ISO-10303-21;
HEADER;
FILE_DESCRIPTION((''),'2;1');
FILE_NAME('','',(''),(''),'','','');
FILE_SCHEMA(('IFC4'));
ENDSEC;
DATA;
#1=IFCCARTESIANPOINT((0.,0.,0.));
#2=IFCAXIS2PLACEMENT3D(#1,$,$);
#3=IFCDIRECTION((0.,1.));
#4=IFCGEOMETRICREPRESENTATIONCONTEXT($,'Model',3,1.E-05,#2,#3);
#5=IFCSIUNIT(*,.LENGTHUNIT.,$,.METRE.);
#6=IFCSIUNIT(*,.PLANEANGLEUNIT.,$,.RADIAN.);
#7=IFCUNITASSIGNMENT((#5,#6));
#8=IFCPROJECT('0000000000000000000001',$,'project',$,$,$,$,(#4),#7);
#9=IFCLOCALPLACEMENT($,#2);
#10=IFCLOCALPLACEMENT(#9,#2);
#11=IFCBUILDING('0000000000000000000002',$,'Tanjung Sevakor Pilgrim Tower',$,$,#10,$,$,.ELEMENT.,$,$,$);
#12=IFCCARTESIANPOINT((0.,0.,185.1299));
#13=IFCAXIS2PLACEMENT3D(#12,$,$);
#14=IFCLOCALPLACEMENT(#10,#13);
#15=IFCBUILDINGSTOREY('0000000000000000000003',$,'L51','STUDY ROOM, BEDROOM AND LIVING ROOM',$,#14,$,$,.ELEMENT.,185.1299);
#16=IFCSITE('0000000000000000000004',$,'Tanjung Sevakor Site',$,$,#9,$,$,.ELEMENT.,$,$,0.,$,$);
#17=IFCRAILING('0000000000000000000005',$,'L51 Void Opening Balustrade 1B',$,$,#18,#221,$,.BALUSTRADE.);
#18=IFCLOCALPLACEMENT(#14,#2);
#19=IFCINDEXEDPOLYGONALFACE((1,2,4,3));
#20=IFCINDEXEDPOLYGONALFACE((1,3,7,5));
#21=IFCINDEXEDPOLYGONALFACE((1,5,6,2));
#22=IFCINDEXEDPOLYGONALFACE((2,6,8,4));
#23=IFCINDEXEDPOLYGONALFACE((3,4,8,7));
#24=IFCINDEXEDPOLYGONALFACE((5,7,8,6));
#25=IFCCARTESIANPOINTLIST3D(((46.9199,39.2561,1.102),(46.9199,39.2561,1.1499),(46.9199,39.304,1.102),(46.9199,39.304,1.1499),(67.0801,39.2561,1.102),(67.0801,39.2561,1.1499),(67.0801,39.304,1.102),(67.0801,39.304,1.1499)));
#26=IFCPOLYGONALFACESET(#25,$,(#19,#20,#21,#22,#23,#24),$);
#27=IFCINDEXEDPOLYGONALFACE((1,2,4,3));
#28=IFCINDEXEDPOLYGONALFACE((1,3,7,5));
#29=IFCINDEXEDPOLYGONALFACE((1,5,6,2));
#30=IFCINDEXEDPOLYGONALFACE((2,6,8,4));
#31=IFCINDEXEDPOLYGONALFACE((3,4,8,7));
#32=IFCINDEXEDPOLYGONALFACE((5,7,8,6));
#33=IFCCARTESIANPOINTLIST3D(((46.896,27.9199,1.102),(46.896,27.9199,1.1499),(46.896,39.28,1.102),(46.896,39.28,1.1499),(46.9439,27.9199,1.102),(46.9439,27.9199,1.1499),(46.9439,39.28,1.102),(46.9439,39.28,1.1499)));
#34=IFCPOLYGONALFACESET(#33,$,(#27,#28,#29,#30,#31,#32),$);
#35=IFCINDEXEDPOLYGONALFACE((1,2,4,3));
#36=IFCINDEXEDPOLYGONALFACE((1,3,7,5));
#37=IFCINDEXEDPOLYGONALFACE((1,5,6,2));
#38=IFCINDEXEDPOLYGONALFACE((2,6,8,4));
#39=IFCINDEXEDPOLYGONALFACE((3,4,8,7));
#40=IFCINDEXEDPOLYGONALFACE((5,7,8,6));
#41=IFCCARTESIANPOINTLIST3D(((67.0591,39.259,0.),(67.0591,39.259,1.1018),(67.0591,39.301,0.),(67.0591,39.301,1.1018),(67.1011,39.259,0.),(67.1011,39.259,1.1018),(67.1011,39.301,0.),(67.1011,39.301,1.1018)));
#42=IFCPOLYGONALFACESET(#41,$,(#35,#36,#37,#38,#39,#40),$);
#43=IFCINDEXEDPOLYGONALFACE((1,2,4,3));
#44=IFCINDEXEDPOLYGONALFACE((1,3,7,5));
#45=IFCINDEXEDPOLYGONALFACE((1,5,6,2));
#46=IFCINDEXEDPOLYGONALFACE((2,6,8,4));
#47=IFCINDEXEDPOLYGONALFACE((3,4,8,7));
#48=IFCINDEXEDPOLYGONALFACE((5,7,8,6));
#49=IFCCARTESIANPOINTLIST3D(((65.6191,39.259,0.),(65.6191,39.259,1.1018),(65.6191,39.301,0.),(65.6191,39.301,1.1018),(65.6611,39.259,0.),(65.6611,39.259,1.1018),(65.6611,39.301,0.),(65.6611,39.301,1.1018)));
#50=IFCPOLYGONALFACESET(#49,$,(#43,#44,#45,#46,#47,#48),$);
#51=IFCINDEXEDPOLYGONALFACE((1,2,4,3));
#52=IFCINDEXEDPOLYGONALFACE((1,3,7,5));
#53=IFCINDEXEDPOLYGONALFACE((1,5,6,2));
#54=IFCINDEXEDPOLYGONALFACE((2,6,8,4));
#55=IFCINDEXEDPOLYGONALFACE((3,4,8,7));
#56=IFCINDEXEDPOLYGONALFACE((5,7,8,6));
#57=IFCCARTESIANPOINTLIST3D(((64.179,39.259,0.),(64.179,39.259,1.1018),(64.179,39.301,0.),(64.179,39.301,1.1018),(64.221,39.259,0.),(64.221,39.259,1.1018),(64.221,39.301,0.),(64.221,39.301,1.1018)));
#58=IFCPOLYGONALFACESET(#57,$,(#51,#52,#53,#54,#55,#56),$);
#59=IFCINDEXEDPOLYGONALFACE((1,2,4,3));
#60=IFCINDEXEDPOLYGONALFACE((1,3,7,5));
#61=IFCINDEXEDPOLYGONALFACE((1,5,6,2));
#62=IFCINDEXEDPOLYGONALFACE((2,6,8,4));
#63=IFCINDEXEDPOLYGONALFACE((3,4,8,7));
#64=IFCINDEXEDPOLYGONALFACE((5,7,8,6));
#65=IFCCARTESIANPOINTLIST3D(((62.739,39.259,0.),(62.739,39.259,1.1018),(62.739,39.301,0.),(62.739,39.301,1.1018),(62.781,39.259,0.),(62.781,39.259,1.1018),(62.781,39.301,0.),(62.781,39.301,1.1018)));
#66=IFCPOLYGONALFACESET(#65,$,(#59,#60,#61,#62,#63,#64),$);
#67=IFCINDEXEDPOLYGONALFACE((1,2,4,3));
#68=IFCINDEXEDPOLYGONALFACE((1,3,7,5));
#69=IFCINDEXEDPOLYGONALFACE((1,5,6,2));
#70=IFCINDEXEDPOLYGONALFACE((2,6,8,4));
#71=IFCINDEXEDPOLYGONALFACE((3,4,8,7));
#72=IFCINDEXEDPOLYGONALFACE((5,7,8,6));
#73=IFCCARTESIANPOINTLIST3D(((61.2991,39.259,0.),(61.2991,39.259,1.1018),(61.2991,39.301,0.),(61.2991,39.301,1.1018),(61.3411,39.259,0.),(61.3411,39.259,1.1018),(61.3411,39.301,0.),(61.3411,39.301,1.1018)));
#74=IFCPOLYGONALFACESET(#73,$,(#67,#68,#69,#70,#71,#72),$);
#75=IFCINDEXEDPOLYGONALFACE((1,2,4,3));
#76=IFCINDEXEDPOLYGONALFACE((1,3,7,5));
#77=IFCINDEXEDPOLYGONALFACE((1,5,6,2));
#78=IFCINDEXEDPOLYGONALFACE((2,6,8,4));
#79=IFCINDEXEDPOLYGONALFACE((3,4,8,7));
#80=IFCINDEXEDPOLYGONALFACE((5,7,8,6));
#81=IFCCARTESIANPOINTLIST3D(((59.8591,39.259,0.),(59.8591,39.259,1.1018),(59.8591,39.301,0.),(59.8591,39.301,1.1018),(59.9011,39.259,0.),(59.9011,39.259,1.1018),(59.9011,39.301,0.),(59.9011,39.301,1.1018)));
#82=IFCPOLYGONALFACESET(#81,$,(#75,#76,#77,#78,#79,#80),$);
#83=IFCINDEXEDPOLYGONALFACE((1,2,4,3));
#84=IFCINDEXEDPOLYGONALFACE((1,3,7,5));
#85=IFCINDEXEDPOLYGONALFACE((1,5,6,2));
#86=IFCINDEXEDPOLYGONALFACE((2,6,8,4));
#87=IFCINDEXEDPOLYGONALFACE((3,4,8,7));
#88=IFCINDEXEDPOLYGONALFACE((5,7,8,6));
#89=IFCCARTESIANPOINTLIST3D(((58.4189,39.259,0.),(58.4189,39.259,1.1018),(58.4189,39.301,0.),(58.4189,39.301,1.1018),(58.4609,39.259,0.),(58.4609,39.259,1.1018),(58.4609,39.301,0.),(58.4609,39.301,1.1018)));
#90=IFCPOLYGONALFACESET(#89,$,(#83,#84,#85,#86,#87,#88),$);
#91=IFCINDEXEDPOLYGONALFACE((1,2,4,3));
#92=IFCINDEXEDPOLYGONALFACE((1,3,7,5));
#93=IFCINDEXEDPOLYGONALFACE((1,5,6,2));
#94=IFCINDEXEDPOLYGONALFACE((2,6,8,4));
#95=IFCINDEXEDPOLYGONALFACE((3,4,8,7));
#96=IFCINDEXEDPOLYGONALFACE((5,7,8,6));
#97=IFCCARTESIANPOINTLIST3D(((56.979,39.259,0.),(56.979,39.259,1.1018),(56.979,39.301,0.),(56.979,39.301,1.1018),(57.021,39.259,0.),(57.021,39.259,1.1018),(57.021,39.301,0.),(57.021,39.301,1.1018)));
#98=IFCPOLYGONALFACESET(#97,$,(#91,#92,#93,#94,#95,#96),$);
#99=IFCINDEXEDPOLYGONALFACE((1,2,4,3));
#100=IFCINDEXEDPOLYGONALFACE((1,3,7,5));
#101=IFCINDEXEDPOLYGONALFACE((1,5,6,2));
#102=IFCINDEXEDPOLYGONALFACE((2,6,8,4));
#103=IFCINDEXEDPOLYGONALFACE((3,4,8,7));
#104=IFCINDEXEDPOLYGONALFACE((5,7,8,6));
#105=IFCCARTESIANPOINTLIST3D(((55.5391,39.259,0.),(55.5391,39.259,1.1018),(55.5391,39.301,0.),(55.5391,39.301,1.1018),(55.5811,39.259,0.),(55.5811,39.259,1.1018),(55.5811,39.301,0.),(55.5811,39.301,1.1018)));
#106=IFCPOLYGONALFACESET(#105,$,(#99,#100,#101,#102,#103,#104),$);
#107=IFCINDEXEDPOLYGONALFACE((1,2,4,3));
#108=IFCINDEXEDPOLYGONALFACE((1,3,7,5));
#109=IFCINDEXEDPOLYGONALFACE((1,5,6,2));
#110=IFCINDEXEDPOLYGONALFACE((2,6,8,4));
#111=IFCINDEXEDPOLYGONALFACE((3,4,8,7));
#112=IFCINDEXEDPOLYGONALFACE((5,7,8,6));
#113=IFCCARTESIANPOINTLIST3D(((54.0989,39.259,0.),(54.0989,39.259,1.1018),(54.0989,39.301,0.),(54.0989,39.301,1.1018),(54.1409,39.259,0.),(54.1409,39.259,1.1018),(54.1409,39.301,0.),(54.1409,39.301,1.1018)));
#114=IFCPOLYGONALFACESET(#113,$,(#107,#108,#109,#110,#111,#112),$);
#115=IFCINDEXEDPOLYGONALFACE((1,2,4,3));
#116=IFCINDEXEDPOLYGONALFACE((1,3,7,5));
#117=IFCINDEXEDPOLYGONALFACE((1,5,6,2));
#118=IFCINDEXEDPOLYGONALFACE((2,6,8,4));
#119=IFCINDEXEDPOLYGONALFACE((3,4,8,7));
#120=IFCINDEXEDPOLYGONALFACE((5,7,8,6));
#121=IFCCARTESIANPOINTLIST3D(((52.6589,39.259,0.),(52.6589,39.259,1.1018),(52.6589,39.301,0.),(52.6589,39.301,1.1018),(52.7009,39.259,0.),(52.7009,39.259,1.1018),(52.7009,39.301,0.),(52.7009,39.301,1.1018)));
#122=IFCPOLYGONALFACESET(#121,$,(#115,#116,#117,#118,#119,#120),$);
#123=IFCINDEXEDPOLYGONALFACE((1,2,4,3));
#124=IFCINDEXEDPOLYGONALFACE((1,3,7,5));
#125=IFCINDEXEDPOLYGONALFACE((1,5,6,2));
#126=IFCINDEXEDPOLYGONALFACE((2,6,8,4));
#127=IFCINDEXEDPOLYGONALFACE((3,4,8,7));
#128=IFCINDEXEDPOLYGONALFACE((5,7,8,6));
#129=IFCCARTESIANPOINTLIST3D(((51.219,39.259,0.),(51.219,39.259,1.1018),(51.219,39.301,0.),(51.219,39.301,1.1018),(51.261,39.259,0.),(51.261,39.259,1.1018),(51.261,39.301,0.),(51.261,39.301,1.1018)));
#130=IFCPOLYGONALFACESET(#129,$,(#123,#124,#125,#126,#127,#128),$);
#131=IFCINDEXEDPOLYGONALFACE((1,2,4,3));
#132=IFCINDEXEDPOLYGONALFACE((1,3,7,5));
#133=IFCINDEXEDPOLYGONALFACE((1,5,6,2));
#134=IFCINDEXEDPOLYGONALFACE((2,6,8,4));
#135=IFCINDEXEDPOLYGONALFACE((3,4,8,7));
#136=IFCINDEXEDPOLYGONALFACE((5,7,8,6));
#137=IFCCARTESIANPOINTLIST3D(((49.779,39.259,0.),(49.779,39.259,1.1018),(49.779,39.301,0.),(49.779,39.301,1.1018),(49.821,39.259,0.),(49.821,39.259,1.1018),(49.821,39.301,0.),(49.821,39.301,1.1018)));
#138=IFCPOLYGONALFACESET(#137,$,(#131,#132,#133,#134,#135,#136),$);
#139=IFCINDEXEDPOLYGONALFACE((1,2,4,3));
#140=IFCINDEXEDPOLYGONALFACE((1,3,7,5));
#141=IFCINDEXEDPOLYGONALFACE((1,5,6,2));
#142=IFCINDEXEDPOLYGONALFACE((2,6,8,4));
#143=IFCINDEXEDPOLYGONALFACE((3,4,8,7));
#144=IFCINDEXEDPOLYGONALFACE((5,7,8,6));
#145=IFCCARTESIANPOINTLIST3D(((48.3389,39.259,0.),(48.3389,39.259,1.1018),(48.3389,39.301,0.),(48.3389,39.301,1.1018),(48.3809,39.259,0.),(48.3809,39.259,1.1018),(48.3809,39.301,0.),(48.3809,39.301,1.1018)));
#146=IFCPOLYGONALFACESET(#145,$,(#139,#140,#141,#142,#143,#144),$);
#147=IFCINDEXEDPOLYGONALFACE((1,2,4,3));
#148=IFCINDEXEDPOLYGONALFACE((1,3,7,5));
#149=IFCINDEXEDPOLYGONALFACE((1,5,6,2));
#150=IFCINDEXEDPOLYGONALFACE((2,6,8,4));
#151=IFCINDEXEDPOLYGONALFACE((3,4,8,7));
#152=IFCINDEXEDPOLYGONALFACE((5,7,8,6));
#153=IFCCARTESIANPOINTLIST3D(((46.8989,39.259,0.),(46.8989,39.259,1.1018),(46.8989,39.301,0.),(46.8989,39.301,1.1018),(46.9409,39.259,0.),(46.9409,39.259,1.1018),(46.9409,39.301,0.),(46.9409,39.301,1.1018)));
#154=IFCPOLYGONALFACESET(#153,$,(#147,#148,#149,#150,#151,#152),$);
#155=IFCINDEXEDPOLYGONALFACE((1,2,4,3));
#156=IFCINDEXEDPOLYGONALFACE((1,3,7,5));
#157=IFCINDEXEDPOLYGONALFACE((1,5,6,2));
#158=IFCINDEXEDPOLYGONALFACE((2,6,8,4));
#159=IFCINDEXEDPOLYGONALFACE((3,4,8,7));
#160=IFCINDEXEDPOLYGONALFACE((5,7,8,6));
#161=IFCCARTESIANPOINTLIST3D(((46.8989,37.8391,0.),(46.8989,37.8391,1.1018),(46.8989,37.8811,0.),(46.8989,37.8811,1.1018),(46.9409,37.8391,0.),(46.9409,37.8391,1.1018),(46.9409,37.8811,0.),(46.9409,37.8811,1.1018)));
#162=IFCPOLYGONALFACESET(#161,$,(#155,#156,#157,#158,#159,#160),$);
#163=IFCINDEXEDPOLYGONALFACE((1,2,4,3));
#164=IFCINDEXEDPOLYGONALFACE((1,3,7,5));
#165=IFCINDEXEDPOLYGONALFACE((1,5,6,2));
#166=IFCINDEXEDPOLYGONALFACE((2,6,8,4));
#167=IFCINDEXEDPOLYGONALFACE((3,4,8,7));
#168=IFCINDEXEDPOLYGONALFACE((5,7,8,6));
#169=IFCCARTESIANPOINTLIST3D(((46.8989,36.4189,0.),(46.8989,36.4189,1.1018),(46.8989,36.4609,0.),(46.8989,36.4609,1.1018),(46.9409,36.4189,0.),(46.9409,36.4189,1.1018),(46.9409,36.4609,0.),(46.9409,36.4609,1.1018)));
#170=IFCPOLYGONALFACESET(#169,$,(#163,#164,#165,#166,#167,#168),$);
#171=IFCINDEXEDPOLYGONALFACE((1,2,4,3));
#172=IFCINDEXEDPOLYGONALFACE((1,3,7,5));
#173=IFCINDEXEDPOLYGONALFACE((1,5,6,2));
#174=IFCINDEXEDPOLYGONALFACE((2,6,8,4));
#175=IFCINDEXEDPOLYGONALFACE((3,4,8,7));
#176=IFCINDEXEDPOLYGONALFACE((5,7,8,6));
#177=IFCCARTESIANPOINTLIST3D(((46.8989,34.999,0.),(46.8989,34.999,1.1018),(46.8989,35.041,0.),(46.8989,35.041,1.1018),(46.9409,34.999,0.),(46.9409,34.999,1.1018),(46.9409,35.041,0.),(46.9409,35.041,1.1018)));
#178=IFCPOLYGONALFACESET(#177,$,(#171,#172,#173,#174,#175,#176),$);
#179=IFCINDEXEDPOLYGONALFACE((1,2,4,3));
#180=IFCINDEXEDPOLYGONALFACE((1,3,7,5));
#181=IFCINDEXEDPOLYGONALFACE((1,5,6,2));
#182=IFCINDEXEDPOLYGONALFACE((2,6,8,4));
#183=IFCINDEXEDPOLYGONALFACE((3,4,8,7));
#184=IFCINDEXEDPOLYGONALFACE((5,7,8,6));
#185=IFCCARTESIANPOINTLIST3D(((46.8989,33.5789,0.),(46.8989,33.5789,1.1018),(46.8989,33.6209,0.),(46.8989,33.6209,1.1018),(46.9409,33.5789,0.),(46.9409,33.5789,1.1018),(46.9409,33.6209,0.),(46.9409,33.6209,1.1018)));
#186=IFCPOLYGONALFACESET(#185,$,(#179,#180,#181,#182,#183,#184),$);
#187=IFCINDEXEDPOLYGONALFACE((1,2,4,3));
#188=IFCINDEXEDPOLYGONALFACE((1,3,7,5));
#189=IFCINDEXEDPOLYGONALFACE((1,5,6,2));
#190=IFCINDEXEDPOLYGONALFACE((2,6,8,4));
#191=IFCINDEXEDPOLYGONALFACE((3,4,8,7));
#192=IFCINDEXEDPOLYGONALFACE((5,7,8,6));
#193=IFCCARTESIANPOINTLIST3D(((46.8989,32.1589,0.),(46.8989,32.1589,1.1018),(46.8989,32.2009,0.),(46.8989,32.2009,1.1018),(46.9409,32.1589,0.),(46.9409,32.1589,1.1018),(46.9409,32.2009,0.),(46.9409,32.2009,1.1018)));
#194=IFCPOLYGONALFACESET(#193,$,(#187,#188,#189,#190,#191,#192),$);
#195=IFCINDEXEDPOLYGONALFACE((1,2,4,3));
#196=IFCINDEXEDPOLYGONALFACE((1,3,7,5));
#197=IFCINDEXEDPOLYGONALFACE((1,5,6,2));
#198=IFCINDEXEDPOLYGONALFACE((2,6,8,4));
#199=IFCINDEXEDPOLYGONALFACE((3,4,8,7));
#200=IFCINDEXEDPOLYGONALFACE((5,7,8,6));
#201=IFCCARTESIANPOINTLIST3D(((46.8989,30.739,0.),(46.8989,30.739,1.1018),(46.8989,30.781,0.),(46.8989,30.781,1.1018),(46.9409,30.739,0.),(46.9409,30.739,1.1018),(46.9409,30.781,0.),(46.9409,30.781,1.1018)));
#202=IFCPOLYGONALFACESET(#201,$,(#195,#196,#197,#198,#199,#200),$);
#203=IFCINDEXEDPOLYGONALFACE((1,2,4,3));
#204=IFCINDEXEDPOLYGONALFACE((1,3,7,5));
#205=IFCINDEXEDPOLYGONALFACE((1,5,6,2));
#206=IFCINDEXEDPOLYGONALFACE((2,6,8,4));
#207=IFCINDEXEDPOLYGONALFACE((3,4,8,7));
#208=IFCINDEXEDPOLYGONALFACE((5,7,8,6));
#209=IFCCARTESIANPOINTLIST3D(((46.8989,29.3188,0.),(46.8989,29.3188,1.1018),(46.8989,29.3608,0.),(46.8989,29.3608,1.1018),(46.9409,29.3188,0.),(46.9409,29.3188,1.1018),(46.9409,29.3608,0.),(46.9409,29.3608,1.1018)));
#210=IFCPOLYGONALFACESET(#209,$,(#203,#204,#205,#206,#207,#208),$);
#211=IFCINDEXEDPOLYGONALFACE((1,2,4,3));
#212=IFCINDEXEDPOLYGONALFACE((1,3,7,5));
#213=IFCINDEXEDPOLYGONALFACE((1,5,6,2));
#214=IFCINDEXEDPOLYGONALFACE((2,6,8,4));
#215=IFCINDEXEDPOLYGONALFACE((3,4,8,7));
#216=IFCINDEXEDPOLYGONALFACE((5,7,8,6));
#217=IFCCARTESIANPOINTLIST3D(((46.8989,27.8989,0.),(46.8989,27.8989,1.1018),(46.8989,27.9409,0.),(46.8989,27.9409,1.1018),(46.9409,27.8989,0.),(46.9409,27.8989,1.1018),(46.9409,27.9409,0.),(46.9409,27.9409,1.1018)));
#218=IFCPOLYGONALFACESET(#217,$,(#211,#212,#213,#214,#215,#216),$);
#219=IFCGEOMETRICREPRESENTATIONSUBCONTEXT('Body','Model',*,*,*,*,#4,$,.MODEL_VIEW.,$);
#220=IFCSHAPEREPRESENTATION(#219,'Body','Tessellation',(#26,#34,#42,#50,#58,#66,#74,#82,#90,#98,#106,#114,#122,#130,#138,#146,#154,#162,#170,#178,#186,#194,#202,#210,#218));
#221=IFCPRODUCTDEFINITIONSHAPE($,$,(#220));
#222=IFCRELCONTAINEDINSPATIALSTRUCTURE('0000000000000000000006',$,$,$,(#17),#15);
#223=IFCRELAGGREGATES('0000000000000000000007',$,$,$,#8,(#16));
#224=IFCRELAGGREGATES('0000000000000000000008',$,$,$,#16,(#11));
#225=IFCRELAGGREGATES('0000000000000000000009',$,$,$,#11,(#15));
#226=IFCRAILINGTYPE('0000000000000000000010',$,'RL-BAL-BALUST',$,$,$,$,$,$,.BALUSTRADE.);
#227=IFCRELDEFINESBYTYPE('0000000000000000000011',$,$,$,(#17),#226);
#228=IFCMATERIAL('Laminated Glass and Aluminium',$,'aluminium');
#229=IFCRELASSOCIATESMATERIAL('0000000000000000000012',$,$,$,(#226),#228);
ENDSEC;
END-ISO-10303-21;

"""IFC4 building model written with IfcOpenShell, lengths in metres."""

from ifc_helpers import new_model, si_unit, direction, frame, origin, place, context, subcontext, project, spatial, rectangle, extrude, material, type_object, element, save


model = new_model("IFC4")

# Units and contexts
model_context = context("Model", 3, precision=1e-05, world=origin(), true_north=direction((0.0, 1.0)))
body_context = subcontext(model_context, "Body", "Model", "MODEL_VIEW")
ifc_project = project(units=[si_unit("LENGTHUNIT", "METRE"), si_unit("PLANEANGLEUNIT", "RADIAN")], contexts=[model_context])

# Site, building, storey
site_placement = place(None, origin())
site = spatial("IfcSite", under=ifc_project, at=site_placement, Name="Tanjung Sevakor Site", CompositionType="ELEMENT", RefElevation=0.0)
building_placement = place(site_placement, origin())
building = spatial("IfcBuilding", under=site, at=building_placement, Name="Tanjung Sevakor Pilgrim Tower", CompositionType="ELEMENT")
storey_placement = place(building_placement, frame((0.0, 0.0, 185.1299)))
storey = spatial("IfcBuildingStorey", under=building, at=storey_placement, Name="L51", Description="STUDY ROOM, BEDROOM AND LIVING ROOM", CompositionType="ELEMENT", Elevation=185.1299)

# Railing
ifc_material_1 = material(Name="Laminated Glass and Aluminium", Category="aluminium")
railing_type = type_object("IfcRailingType", Name="RL-BAL-BALUST", PredefinedType="BALUSTRADE", material=ifc_material_1)
railing_placement = place(storey_placement, frame((67.0801, 39.28, 0.0)))
element("IfcRailing", 1, at=railing_placement, inside=storey, type_object=railing_type, Name="L51 Void Opening Balustrade 1B", PredefinedType="BALUSTRADE", context=body_context, shape_type="SweptSolid", body=[
    extrude(rectangle(XDim=0.0479, YDim=0.0479), frame((0.0, 0.0, 1.126), z_axis=(-1.0, 0.0, 0.0), x_axis=(0.0, -1.0, 0.0)), (0.0, 0.0, 1.0), 20.1602),
    extrude(rectangle(XDim=0.0479, YDim=0.0479), frame((-20.1602, 0.0, 1.126), z_axis=(0.0, -1.0, 0.0), x_axis=(1.0, 0.0, 0.0)), (0.0, 0.0, 1.0), 11.3601),
    extrude(rectangle(XDim=0.042, YDim=0.042), origin(), (0.0, 0.0, 1.0), 1.1018),
    extrude(rectangle(XDim=0.042, YDim=0.042), frame((-1.4399, 0.0, 0.0)), (0.0, 0.0, 1.0), 1.1018),
    extrude(rectangle(XDim=0.042, YDim=0.042), frame((-2.8801, 0.0, 0.0)), (0.0, 0.0, 1.0), 1.1018),
    extrude(rectangle(XDim=0.042, YDim=0.042), frame((-4.3201, 0.0, 0.0)), (0.0, 0.0, 1.0), 1.1018),
    extrude(rectangle(XDim=0.042, YDim=0.042), frame((-5.76, 0.0, 0.0)), (0.0, 0.0, 1.0), 1.1018),
    extrude(rectangle(XDim=0.042, YDim=0.042), frame((-7.2, 0.0, 0.0)), (0.0, 0.0, 1.0), 1.1018),
    extrude(rectangle(XDim=0.042, YDim=0.042), frame((-8.6401, 0.0, 0.0)), (0.0, 0.0, 1.0), 1.1018),
    extrude(rectangle(XDim=0.042, YDim=0.042), frame((-10.0801, 0.0, 0.0)), (0.0, 0.0, 1.0), 1.1018),
    extrude(rectangle(XDim=0.042, YDim=0.042), frame((-11.52, 0.0, 0.0)), (0.0, 0.0, 1.0), 1.1018),
    extrude(rectangle(XDim=0.042, YDim=0.042), frame((-12.9602, 0.0, 0.0)), (0.0, 0.0, 1.0), 1.1018),
    extrude(rectangle(XDim=0.042, YDim=0.042), frame((-14.4001, 0.0, 0.0)), (0.0, 0.0, 1.0), 1.1018),
    extrude(rectangle(XDim=0.042, YDim=0.042), frame((-15.8401, 0.0, 0.0)), (0.0, 0.0, 1.0), 1.1018),
    extrude(rectangle(XDim=0.042, YDim=0.042), frame((-17.28, 0.0, 0.0)), (0.0, 0.0, 1.0), 1.1018),
    extrude(rectangle(XDim=0.042, YDim=0.042), frame((-18.7202, 0.0, 0.0)), (0.0, 0.0, 1.0), 1.1018),
    extrude(rectangle(XDim=0.042, YDim=0.042), frame((-20.1602, 0.0, 0.0)), (0.0, 0.0, 1.0), 1.1018),
    extrude(rectangle(XDim=0.042, YDim=0.042), frame((-20.1602, -1.4199, 0.0)), (0.0, 0.0, 1.0), 1.1018),
    extrude(rectangle(XDim=0.042, YDim=0.042), frame((-20.1602, -2.8401, 0.0)), (0.0, 0.0, 1.0), 1.1018),
    extrude(rectangle(XDim=0.042, YDim=0.042), frame((-20.1602, -4.26, 0.0)), (0.0, 0.0, 1.0), 1.1018),
    extrude(rectangle(XDim=0.042, YDim=0.042), frame((-20.1602, -5.6802, 0.0)), (0.0, 0.0, 1.0), 1.1018),
    extrude(rectangle(XDim=0.042, YDim=0.042), frame((-20.1602, -7.1001, 0.0)), (0.0, 0.0, 1.0), 1.1018),
    extrude(rectangle(XDim=0.042, YDim=0.042), frame((-20.1602, -8.52, 0.0)), (0.0, 0.0, 1.0), 1.1018),
    extrude(rectangle(XDim=0.042, YDim=0.042), frame((-20.1602, -9.9402, 0.0)), (0.0, 0.0, 1.0), 1.1018),
    extrude(rectangle(XDim=0.042, YDim=0.042), frame((-20.1602, -11.3601, 0.0)), (0.0, 0.0, 1.0), 1.1018),
])

save(model, "model.ifc")
